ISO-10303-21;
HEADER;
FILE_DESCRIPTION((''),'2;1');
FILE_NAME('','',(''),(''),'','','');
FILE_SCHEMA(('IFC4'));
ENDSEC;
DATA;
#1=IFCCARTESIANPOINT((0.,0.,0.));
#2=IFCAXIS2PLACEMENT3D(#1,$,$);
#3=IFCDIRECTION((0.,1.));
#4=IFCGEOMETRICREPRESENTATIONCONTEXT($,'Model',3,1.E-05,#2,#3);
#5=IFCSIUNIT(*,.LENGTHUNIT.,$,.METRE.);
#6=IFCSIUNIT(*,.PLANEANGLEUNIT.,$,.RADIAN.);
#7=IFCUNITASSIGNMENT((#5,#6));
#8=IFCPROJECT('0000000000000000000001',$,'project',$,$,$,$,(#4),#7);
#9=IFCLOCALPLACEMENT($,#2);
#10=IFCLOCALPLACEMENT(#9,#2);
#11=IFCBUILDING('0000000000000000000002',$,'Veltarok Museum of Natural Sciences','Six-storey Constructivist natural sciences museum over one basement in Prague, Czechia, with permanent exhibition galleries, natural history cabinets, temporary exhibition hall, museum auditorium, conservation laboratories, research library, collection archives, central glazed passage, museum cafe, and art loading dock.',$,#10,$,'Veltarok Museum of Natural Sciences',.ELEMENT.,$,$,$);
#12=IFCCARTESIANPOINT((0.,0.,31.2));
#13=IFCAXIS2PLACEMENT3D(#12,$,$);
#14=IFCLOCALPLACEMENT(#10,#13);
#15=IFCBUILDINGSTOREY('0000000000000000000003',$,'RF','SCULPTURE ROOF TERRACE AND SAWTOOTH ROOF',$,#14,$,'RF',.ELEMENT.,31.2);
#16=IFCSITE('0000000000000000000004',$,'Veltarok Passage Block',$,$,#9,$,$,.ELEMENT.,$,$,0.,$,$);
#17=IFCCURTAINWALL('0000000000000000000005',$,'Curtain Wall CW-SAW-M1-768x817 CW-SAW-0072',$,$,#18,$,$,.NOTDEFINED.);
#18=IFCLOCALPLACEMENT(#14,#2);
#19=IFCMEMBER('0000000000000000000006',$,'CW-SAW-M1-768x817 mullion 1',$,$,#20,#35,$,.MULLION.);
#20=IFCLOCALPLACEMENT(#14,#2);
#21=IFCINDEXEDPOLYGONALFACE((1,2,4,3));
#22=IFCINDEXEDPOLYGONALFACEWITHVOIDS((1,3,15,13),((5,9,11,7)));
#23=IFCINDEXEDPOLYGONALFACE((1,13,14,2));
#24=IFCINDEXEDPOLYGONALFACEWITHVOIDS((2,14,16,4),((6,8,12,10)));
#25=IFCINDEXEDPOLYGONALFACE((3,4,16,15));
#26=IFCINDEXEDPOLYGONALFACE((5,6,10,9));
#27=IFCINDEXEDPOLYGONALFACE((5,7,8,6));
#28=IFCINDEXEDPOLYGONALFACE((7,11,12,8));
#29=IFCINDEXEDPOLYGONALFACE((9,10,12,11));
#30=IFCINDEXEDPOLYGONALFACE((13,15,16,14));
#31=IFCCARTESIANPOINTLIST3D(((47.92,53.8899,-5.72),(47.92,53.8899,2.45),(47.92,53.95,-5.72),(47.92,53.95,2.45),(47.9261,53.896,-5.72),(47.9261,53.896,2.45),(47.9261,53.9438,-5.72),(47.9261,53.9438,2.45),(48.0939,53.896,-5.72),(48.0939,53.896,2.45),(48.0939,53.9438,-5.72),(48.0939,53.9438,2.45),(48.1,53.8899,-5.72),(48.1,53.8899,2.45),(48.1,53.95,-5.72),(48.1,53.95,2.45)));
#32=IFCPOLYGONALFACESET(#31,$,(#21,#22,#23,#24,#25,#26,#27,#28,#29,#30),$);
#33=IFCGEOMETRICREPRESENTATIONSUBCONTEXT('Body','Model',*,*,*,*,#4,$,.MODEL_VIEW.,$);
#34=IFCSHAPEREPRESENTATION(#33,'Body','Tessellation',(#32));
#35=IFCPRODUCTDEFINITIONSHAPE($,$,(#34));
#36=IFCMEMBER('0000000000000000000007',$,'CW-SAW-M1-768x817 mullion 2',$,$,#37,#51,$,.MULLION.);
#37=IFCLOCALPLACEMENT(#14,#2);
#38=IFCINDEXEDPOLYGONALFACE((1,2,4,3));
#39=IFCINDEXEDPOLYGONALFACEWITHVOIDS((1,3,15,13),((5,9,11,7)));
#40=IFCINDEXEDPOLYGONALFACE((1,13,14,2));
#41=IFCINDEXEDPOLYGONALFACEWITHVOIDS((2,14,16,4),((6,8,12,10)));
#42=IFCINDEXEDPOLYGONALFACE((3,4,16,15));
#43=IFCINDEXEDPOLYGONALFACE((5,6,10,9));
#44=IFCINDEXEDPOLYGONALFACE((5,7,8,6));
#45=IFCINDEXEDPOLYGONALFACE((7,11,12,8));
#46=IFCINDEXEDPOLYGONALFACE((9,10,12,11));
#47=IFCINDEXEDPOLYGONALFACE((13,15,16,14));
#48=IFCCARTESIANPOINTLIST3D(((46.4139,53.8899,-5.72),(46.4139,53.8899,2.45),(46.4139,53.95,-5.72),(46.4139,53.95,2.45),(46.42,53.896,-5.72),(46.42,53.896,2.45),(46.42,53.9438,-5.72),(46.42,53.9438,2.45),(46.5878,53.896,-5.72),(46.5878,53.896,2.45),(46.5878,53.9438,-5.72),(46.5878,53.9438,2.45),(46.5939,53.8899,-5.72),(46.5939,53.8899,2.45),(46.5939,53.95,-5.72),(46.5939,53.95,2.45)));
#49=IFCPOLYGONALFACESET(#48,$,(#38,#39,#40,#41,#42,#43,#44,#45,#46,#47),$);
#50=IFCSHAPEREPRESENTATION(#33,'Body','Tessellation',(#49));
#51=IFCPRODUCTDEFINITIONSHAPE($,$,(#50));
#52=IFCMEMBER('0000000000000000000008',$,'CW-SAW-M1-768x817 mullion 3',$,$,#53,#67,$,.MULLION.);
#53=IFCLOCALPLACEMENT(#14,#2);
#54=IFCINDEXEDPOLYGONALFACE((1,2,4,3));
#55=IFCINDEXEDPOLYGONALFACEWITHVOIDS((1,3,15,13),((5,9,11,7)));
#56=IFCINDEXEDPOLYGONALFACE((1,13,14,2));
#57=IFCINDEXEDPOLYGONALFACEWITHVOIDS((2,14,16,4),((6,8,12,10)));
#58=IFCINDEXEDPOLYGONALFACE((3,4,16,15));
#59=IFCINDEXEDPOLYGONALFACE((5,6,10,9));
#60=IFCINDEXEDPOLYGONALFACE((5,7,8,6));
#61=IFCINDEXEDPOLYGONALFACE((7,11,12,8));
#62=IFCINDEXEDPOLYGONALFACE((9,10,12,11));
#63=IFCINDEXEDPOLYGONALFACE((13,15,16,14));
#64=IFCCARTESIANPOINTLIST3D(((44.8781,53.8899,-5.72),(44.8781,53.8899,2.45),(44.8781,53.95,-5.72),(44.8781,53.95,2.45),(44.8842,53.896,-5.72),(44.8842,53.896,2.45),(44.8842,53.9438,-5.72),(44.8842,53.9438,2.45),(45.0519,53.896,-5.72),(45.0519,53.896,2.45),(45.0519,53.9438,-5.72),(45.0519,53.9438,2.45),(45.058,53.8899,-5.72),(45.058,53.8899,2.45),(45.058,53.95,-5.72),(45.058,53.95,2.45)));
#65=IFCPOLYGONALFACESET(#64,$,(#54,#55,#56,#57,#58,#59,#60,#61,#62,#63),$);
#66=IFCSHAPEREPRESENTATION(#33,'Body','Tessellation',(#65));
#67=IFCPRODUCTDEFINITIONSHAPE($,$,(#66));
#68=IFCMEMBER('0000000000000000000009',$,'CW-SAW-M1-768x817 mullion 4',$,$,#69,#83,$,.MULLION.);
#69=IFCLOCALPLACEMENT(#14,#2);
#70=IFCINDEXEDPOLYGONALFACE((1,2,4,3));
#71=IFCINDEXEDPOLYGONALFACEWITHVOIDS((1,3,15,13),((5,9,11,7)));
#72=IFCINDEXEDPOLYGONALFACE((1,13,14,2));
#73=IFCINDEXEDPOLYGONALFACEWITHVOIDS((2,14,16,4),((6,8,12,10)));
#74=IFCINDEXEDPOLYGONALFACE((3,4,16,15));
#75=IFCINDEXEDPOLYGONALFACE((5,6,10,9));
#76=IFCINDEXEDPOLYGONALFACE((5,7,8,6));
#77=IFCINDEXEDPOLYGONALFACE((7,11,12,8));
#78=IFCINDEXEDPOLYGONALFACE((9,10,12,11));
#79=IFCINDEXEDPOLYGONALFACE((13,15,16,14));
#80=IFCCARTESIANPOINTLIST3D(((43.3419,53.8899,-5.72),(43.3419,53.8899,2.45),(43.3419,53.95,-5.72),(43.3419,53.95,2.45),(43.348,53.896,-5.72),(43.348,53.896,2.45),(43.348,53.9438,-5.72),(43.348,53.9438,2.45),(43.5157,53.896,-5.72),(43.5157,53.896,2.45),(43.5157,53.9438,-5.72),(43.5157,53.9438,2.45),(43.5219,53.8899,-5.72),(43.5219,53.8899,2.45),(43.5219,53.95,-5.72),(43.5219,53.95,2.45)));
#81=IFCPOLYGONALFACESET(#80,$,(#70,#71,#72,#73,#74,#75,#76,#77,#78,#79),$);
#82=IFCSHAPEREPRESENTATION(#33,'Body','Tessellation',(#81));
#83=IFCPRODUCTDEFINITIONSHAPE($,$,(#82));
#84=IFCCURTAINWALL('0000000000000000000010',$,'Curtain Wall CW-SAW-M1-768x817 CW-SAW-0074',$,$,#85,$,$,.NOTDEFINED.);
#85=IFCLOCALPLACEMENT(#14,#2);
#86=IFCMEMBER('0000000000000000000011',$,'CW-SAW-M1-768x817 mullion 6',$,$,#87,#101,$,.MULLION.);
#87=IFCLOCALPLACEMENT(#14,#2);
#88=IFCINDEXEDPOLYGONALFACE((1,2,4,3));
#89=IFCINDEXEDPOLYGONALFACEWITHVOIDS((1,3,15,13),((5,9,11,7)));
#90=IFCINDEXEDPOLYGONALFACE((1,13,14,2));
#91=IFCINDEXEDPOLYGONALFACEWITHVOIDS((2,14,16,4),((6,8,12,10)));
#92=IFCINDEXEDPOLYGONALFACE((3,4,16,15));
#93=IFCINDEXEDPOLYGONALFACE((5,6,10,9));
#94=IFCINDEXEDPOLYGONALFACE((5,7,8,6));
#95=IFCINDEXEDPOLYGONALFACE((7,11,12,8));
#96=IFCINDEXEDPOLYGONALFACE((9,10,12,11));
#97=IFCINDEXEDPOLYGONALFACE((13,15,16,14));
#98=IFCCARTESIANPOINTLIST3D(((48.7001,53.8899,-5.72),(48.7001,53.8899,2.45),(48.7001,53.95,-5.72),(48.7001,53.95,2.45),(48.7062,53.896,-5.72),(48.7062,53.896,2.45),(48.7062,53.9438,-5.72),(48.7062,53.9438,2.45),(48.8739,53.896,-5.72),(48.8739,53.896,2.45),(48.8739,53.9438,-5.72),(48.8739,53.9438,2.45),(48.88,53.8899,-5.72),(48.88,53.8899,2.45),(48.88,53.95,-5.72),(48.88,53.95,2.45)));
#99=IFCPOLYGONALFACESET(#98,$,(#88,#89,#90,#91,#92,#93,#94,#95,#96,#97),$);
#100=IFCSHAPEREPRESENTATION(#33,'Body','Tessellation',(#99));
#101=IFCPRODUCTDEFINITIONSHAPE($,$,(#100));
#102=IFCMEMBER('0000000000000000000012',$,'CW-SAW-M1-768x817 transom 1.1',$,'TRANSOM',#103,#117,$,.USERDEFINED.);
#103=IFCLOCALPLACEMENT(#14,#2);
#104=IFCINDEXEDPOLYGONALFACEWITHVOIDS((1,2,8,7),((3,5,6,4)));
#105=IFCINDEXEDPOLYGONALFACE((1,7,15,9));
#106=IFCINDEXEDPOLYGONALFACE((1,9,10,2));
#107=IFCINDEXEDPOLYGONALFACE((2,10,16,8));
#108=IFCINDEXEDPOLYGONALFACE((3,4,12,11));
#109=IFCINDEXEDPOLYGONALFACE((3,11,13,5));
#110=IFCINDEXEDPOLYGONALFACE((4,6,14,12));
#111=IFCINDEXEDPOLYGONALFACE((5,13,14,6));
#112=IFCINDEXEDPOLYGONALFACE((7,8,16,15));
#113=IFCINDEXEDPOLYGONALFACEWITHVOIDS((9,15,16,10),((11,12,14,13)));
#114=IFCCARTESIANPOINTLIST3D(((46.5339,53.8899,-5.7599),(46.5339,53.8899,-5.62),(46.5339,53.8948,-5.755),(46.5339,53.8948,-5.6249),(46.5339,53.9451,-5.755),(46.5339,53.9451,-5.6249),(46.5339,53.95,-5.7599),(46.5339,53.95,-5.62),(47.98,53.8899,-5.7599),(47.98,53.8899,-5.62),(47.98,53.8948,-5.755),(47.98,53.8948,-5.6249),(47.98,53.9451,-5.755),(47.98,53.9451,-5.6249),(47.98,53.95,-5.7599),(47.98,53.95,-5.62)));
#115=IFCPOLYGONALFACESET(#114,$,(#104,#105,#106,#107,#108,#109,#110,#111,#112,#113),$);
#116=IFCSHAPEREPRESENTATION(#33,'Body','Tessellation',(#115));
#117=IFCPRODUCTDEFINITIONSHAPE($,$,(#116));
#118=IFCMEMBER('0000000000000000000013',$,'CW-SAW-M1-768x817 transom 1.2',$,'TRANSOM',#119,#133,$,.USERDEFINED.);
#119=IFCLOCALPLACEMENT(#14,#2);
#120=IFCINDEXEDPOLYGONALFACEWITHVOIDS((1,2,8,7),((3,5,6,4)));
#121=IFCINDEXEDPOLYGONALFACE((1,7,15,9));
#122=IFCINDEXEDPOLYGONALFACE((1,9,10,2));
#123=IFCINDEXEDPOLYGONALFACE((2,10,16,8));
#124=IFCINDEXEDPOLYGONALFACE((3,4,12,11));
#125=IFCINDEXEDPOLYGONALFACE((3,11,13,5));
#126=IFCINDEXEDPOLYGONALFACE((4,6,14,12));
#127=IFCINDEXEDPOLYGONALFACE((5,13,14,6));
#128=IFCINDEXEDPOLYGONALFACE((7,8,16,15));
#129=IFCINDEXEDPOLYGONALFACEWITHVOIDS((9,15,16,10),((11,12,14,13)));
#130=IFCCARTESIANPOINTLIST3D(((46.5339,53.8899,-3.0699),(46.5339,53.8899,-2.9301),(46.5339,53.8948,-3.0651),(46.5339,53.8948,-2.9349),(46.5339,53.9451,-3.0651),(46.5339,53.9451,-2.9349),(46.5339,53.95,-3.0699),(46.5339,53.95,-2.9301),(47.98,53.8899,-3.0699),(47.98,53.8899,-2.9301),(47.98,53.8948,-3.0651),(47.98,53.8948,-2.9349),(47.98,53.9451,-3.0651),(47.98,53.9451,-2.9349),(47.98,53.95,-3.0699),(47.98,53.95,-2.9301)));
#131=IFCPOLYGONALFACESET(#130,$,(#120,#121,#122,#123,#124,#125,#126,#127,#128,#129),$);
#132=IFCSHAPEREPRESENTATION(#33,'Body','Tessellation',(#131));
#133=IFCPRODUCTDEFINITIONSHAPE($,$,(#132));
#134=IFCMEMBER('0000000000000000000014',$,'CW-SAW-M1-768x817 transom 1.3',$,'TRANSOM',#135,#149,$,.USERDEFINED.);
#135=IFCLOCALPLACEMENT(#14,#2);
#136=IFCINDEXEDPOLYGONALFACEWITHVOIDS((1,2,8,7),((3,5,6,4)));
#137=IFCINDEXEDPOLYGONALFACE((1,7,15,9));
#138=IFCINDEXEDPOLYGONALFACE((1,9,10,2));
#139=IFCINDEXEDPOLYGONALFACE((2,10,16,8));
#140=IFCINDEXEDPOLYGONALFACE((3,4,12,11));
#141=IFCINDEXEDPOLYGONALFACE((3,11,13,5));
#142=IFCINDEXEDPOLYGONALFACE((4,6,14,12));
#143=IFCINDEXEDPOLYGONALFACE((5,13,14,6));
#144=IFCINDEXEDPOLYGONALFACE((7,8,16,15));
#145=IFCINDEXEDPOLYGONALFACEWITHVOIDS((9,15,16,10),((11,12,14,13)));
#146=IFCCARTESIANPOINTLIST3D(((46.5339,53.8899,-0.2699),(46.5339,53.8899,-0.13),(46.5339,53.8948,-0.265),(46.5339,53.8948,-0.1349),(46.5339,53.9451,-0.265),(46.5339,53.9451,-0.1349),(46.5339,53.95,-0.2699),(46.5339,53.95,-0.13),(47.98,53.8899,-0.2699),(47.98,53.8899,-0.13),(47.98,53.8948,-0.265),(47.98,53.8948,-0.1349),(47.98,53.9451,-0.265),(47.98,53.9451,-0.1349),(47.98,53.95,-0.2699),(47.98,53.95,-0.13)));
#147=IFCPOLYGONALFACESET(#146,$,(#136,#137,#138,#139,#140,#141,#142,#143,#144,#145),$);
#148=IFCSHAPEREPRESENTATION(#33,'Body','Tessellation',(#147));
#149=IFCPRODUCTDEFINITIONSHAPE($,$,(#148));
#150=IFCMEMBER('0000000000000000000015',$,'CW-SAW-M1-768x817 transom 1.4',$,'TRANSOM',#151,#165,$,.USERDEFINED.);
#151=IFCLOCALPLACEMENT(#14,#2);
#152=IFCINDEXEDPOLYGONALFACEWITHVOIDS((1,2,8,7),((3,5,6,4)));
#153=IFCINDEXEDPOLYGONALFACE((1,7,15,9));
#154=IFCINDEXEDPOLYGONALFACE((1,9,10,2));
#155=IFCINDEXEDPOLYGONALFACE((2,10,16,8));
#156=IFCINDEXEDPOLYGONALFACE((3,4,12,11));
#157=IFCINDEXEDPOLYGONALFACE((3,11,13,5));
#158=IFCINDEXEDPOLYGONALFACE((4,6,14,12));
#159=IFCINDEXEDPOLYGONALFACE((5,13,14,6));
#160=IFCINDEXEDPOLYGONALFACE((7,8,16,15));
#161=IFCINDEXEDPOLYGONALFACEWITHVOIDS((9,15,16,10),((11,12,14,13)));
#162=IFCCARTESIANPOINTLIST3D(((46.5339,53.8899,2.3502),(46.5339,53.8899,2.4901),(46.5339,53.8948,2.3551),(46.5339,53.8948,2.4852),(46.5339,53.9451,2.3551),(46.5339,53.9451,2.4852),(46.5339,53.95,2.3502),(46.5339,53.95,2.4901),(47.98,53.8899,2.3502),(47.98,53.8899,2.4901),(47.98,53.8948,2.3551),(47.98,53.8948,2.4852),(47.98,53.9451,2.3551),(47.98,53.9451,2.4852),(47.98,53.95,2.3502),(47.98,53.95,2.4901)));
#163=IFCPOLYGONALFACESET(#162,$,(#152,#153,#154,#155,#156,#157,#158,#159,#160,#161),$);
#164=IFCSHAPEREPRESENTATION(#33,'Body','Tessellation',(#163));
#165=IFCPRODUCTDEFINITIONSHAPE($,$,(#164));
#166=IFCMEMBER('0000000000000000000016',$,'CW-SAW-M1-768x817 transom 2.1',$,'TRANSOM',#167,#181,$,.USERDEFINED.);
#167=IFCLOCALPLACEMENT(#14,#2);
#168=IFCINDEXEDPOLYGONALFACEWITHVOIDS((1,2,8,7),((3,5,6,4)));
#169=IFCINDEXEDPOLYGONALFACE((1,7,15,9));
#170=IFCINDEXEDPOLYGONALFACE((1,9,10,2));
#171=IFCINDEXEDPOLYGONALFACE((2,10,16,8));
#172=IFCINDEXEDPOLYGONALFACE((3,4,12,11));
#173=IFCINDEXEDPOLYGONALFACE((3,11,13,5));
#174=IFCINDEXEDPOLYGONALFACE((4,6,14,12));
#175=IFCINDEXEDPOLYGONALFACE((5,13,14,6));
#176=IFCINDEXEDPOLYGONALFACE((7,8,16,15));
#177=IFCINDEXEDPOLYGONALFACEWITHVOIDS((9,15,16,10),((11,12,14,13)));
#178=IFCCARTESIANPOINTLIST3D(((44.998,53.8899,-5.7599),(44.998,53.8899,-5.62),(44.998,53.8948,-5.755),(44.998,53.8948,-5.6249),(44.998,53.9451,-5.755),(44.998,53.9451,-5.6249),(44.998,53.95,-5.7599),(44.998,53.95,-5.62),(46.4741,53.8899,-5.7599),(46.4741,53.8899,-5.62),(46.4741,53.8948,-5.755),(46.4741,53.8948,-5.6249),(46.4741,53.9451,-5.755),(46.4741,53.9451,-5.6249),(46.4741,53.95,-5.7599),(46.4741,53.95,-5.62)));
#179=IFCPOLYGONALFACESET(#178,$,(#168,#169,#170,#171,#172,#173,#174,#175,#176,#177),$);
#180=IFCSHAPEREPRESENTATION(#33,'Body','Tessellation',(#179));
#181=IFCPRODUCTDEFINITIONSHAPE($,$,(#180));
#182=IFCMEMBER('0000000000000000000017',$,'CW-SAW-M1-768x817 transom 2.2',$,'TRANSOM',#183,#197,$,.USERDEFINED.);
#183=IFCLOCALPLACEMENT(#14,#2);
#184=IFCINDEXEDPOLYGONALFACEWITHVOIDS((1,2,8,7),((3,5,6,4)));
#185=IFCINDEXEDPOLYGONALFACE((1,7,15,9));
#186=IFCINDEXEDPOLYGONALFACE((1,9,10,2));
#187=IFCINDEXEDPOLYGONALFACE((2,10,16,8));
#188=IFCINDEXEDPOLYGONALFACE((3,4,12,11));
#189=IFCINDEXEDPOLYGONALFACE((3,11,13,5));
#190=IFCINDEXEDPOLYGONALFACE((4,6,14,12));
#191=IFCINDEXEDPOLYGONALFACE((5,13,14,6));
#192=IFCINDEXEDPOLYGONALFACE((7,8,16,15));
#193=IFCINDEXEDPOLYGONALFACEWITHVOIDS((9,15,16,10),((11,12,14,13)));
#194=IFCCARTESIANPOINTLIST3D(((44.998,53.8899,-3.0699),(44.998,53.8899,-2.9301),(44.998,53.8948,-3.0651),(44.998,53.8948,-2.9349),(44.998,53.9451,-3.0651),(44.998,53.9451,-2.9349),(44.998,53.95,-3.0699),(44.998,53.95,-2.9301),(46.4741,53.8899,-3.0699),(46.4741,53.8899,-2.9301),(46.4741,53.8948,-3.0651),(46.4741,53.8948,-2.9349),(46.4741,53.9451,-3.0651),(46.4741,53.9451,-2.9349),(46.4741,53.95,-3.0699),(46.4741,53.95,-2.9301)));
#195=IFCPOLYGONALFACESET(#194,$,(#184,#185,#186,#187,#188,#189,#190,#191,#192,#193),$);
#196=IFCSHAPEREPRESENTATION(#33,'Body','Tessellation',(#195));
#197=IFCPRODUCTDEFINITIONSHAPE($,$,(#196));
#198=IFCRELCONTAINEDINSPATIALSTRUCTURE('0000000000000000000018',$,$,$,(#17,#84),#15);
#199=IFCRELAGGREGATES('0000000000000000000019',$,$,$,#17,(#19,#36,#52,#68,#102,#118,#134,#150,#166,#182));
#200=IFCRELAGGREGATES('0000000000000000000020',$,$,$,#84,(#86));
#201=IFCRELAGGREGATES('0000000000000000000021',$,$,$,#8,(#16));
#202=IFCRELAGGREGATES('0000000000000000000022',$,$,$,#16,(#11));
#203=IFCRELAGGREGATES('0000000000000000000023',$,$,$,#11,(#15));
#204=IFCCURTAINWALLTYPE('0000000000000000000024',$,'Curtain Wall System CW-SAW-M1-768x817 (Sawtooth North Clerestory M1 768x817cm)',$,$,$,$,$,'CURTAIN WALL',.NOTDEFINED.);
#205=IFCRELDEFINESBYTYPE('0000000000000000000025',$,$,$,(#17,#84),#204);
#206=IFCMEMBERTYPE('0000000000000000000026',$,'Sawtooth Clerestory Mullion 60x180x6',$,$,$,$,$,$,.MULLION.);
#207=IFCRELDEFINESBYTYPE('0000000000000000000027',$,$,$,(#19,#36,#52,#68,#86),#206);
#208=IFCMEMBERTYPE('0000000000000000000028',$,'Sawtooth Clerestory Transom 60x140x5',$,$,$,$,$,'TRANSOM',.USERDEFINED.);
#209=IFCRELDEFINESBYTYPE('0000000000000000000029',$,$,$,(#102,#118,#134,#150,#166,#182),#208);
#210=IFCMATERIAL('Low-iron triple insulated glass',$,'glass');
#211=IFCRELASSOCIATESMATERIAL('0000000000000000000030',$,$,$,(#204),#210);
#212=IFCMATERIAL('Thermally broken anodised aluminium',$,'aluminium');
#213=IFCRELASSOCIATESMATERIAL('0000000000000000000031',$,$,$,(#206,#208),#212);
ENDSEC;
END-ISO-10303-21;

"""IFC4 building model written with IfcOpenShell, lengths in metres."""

from ifc_helpers import new_model, si_unit, direction, frame, origin, origin_2d, place, context, subcontext, project, spatial, hollow_rectangle, extrude, material, material_profile, profile_set, type_object, element, aggregate, save


model = new_model("IFC4")

# Units and contexts
model_context = context("Model", 3, precision=1e-05, world=origin(), true_north=direction((0.0, 1.0)))
body_context = subcontext(model_context, "Body", "Model", "MODEL_VIEW")
ifc_project = project(units=[si_unit("LENGTHUNIT", "METRE"), si_unit("PLANEANGLEUNIT", "RADIAN")], contexts=[model_context])

# Site, building, storey
site_placement = place(None, origin())
site = spatial("IfcSite", under=ifc_project, at=site_placement, Name="Veltarok Passage Block", CompositionType="ELEMENT", RefElevation=0.0)
building_placement = place(site_placement, origin())
building = spatial("IfcBuilding", under=site, at=building_placement, Name="Veltarok Museum of Natural Sciences", Description="Six-storey Constructivist natural sciences museum over one basement in Prague, Czechia, with permanent exhibition galleries, natural history cabinets, temporary exhibition hall, museum auditorium, conservation laboratories, research library, collection archives, central glazed passage, museum cafe, and art loading dock.", LongName="Veltarok Museum of Natural Sciences", CompositionType="ELEMENT")
storey_placement = place(building_placement, frame((0.0, 0.0, 31.2)))
storey = spatial("IfcBuildingStorey", under=building, at=storey_placement, Name="RF", Description="SCULPTURE ROOF TERRACE AND SAWTOOTH ROOF", LongName="RF", CompositionType="ELEMENT", Elevation=31.2)

# Curtain wall, members
ifc_material_1 = material(Name="Low-iron triple insulated glass", Category="glass")
curtain_wall_type = type_object("IfcCurtainWallType", Name="Curtain Wall System CW-SAW-M1-768x817 (Sawtooth North Clerestory M1 768x817cm)", ElementType="CURTAIN WALL", PredefinedType="NOTDEFINED", material=ifc_material_1)
curtain_wall_1_placement = place(storey_placement, origin())
curtain_wall_1 = element("IfcCurtainWall", 1, at=curtain_wall_1_placement, inside=storey, type_object=curtain_wall_type, Name="Curtain Wall CW-SAW-M1-768x817 CW-SAW-0072", PredefinedType="NOTDEFINED")
ifc_material_2 = material(Name="Thermally broken anodised aluminium", Category="aluminium")
ifc_material_profile_1 = material_profile(ifc_material_2, hollow_rectangle(XDim=0.0601, YDim=0.1799, WallThickness=0.0061, at=origin_2d()), Name="CW MULLION 60x180x6")
ifc_profile_set_1 = profile_set([ifc_material_profile_1], Name="Thermally broken anodised aluminium")
member_type_1 = type_object("IfcMemberType", Name="Sawtooth Clerestory Mullion 60x180x6", PredefinedType="MULLION", material=ifc_profile_set_1)
member_1_placement = place(storey_placement, frame((48.01, 53.9199, -5.72), z_axis=(0.0, 0.0, 1.0), x_axis=(0.0, -1.0, 0.0)))
member_1 = element("IfcMember", 2, at=member_1_placement, type_object=member_type_1, Name="CW-SAW-M1-768x817 mullion 1", PredefinedType="MULLION", context=body_context, shape_type="SweptSolid", body=[
    extrude(hollow_rectangle(XDim=0.0601, YDim=0.1799, WallThickness=0.0061, at=origin_2d()), origin(), (0.0, 0.0, 1.0), 8.1699),
])
member_2_placement = place(storey_placement, frame((46.5039, 53.9199, -5.72), z_axis=(0.0, 0.0, 1.0), x_axis=(0.0, -1.0, 0.0)))
member_2 = element("IfcMember", 3, at=member_2_placement, type_object=member_type_1, Name="CW-SAW-M1-768x817 mullion 2", PredefinedType="MULLION", context=body_context, shape_type="SweptSolid", body=[
    extrude(hollow_rectangle(XDim=0.0601, YDim=0.1799, WallThickness=0.0061, at=origin_2d()), origin(), (0.0, 0.0, 1.0), 8.1699),
])
member_3_placement = place(storey_placement, frame((44.968, 53.9199, -5.72), z_axis=(0.0, 0.0, 1.0), x_axis=(0.0, -1.0, 0.0)))
member_3 = element("IfcMember", 4, at=member_3_placement, type_object=member_type_1, Name="CW-SAW-M1-768x817 mullion 3", PredefinedType="MULLION", context=body_context, shape_type="SweptSolid", body=[
    extrude(hollow_rectangle(XDim=0.0601, YDim=0.1799, WallThickness=0.0061, at=origin_2d()), origin(), (0.0, 0.0, 1.0), 8.1699),
])
member_4_placement = place(storey_placement, frame((43.4319, 53.9199, -5.72), z_axis=(0.0, 0.0, 1.0), x_axis=(0.0, -1.0, 0.0)))
member_4 = element("IfcMember", 5, at=member_4_placement, type_object=member_type_1, Name="CW-SAW-M1-768x817 mullion 4", PredefinedType="MULLION", context=body_context, shape_type="SweptSolid", body=[
    extrude(hollow_rectangle(XDim=0.0601, YDim=0.1799, WallThickness=0.0061, at=origin_2d()), origin(), (0.0, 0.0, 1.0), 8.1699),
])

# Curtain wall, member
curtain_wall_2_placement = place(storey_placement, origin())
curtain_wall_2 = element("IfcCurtainWall", 6, at=curtain_wall_2_placement, inside=storey, type_object=curtain_wall_type, Name="Curtain Wall CW-SAW-M1-768x817 CW-SAW-0074", PredefinedType="NOTDEFINED")
member_5_placement = place(storey_placement, frame((48.79, 53.9199, -5.72), z_axis=(0.0, 0.0, 1.0), x_axis=(0.0, -1.0, 0.0)))
member_5 = element("IfcMember", 7, at=member_5_placement, type_object=member_type_1, Name="CW-SAW-M1-768x817 mullion 6", PredefinedType="MULLION", context=body_context, shape_type="SweptSolid", body=[
    extrude(hollow_rectangle(XDim=0.0601, YDim=0.1799, WallThickness=0.0061, at=origin_2d()), origin(), (0.0, 0.0, 1.0), 8.1699),
])

# Members
ifc_material_profile_2 = material_profile(ifc_material_2, hollow_rectangle(XDim=0.0601, YDim=0.1399, WallThickness=0.0049, at=origin_2d()), Name="CW TRANSOM 60x140x5")
ifc_profile_set_2 = profile_set([ifc_material_profile_2], Name="Thermally broken anodised aluminium")
member_type_2 = type_object("IfcMemberType", Name="Sawtooth Clerestory Transom 60x140x5", ElementType="TRANSOM", PredefinedType="USERDEFINED", material=ifc_profile_set_2)
member_6_placement = place(storey_placement, frame((47.98, 53.9199, -5.6899), z_axis=(-1.0, 0.0, 0.0), x_axis=(0.0, -1.0, 0.0)))
member_6 = element("IfcMember", 8, at=member_6_placement, type_object=member_type_2, Name="CW-SAW-M1-768x817 transom 1.1", ObjectType="TRANSOM", PredefinedType="USERDEFINED", context=body_context, shape_type="SweptSolid", body=[
    extrude(hollow_rectangle(XDim=0.0601, YDim=0.1399, WallThickness=0.0049, at=origin_2d()), origin(), (0.0, 0.0, 1.0), 1.446),
])
member_7_placement = place(storey_placement, frame((47.98, 53.9199, -3.0), z_axis=(-1.0, 0.0, 0.0), x_axis=(0.0, -1.0, 0.0)))
member_7 = element("IfcMember", 9, at=member_7_placement, type_object=member_type_2, Name="CW-SAW-M1-768x817 transom 1.2", ObjectType="TRANSOM", PredefinedType="USERDEFINED", context=body_context, shape_type="SweptSolid", body=[
    extrude(hollow_rectangle(XDim=0.0601, YDim=0.1399, WallThickness=0.0049, at=origin_2d()), origin(), (0.0, 0.0, 1.0), 1.446),
])
member_8_placement = place(storey_placement, frame((47.98, 53.9199, -0.2), z_axis=(-1.0, 0.0, 0.0), x_axis=(0.0, -1.0, 0.0)))
member_8 = element("IfcMember", 10, at=member_8_placement, type_object=member_type_2, Name="CW-SAW-M1-768x817 transom 1.3", ObjectType="TRANSOM", PredefinedType="USERDEFINED", context=body_context, shape_type="SweptSolid", body=[
    extrude(hollow_rectangle(XDim=0.0601, YDim=0.1399, WallThickness=0.0049, at=origin_2d()), origin(), (0.0, 0.0, 1.0), 1.446),
])
member_9_placement = place(storey_placement, frame((47.98, 53.9199, 2.4202), z_axis=(-1.0, 0.0, 0.0), x_axis=(0.0, -1.0, 0.0)))
member_9 = element("IfcMember", 11, at=member_9_placement, type_object=member_type_2, Name="CW-SAW-M1-768x817 transom 1.4", ObjectType="TRANSOM", PredefinedType="USERDEFINED", context=body_context, shape_type="SweptSolid", body=[
    extrude(hollow_rectangle(XDim=0.0601, YDim=0.1399, WallThickness=0.0049, at=origin_2d()), origin(), (0.0, 0.0, 1.0), 1.446),
])
member_10_placement = place(storey_placement, frame((46.4741, 53.9199, -5.6899), z_axis=(-1.0, 0.0, 0.0), x_axis=(0.0, -1.0, 0.0)))
member_10 = element("IfcMember", 12, at=member_10_placement, type_object=member_type_2, Name="CW-SAW-M1-768x817 transom 2.1", ObjectType="TRANSOM", PredefinedType="USERDEFINED", context=body_context, shape_type="SweptSolid", body=[
    extrude(hollow_rectangle(XDim=0.0601, YDim=0.1399, WallThickness=0.0049, at=origin_2d()), origin(), (0.0, 0.0, 1.0), 1.4761),
])
member_11_placement = place(storey_placement, frame((46.4741, 53.9199, -3.0), z_axis=(-1.0, 0.0, 0.0), x_axis=(0.0, -1.0, 0.0)))
member_11 = element("IfcMember", 13, at=member_11_placement, type_object=member_type_2, Name="CW-SAW-M1-768x817 transom 2.2", ObjectType="TRANSOM", PredefinedType="USERDEFINED", context=body_context, shape_type="SweptSolid", body=[
    extrude(hollow_rectangle(XDim=0.0601, YDim=0.1399, WallThickness=0.0049, at=origin_2d()), origin(), (0.0, 0.0, 1.0), 1.4761),
])

aggregate(curtain_wall_1, [member_1, member_2, member_3, member_4, member_6, member_7, member_8, member_9, member_10, member_11])
aggregate(curtain_wall_2, [member_5])

save(model, "model.ifc")
